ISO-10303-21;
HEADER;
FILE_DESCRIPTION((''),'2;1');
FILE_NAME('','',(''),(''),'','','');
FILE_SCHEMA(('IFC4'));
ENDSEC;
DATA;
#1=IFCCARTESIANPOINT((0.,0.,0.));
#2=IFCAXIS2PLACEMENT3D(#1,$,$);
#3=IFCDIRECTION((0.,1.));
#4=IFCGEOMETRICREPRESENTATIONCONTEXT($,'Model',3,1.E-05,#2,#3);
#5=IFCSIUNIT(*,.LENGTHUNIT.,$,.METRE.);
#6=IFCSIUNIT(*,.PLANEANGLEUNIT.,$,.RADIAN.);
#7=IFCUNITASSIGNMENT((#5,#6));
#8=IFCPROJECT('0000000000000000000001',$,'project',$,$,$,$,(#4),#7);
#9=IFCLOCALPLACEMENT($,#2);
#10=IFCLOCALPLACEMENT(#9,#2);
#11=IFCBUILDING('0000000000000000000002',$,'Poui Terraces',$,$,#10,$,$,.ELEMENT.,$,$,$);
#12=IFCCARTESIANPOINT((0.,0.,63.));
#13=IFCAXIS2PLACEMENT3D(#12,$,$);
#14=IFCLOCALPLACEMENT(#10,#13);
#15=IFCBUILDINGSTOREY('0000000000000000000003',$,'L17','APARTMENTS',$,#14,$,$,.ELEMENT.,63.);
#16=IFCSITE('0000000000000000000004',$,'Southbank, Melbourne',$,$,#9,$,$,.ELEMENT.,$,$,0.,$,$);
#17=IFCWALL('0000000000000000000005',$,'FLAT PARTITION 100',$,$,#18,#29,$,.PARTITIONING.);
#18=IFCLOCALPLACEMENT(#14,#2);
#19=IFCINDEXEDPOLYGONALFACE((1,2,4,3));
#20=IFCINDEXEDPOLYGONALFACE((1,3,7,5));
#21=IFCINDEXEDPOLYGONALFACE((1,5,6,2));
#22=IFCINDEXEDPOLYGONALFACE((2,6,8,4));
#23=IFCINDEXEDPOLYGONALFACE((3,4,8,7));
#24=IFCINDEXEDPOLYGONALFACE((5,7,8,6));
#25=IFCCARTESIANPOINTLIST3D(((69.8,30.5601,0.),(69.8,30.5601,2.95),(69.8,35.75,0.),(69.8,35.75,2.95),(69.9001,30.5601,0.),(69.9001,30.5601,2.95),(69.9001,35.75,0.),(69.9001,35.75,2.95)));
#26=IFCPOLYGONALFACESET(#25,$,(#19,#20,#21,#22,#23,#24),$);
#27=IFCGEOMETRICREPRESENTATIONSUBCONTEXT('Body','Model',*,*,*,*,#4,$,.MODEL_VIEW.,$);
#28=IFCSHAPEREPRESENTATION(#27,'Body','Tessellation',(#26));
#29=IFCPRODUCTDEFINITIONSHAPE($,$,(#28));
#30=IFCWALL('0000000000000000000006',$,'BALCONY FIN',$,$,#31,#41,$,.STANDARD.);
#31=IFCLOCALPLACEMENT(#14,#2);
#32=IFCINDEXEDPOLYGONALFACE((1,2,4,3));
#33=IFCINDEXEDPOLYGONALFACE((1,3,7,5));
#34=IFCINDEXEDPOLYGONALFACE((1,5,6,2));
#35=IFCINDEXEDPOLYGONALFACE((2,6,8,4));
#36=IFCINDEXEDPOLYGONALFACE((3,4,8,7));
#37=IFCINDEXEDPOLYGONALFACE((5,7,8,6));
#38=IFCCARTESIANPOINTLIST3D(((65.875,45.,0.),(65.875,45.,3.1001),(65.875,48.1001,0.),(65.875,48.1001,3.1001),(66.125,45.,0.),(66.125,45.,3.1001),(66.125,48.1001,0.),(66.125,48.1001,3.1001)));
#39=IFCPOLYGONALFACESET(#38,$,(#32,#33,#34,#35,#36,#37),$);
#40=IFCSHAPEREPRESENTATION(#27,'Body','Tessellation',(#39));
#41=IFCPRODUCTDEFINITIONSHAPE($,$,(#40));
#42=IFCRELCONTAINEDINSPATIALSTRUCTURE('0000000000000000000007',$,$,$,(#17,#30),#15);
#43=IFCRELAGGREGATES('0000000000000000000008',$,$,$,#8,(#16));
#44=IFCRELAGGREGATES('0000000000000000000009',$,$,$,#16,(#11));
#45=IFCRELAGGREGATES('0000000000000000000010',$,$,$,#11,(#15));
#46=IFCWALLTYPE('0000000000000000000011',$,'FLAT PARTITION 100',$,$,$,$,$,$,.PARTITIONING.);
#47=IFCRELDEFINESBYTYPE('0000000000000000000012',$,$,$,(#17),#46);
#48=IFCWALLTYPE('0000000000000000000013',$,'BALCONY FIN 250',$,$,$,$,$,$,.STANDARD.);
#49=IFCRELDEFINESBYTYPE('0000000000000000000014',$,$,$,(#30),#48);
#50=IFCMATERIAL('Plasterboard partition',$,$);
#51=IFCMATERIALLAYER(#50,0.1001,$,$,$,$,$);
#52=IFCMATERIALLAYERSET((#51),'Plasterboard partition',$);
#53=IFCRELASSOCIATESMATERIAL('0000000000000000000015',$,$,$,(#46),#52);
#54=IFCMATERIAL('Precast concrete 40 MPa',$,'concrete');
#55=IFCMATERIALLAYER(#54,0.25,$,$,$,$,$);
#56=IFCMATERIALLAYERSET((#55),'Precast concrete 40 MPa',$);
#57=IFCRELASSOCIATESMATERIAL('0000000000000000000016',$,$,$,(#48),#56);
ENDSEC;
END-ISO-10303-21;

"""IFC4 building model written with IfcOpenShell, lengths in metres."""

from ifc_helpers import new_model, si_unit, direction, frame, frame_2d, origin, place, context, subcontext, project, spatial, polyline, rectangle, outline, extrude, source, transform, mapped, material, layer, layer_set, type_object, element, save


model = new_model("IFC4")

# Units and contexts
model_context = context("Model", 3, precision=1e-05, world=origin(), true_north=direction((0.0, 1.0)))
body_context = subcontext(model_context, "Body", "Model", "MODEL_VIEW")
ifc_project = project(units=[si_unit("LENGTHUNIT", "METRE"), si_unit("PLANEANGLEUNIT", "RADIAN")], contexts=[model_context])

# Site, building, storey
site_placement = place(None, origin())
site = spatial("IfcSite", under=ifc_project, at=site_placement, Name="Southbank, Melbourne", CompositionType="ELEMENT", RefElevation=0.0)
building_placement = place(site_placement, origin())
building = spatial("IfcBuilding", under=site, at=building_placement, Name="Poui Terraces", CompositionType="ELEMENT")
storey_placement = place(building_placement, frame((0.0, 0.0, 63.0)))
storey = spatial("IfcBuildingStorey", under=building, at=storey_placement, Name="L17", Description="APARTMENTS", CompositionType="ELEMENT", Elevation=63.0)

# Shared definitions
ifc_material_1 = material(Name="Plasterboard partition")
ifc_layer_1 = layer(ifc_material_1, 0.1001)
ifc_layer_set_1 = layer_set([ifc_layer_1], Name="Plasterboard partition")
wall_type_1 = type_object("IfcWallType", Name="FLAT PARTITION 100", PredefinedType="PARTITIONING", material=ifc_layer_set_1)

# Walls
wall_1_placement = place(storey_placement, frame((69.8501, 30.5601, 0.0), z_axis=(0.0, 0.0, 1.0), x_axis=(0.0, 1.0, 0.0)))
element("IfcWall", 1, at=wall_1_placement, inside=storey, type_object=wall_type_1, Name="FLAT PARTITION 100", PredefinedType="PARTITIONING", context=body_context, shape_type="SweptSolid", body=[
    extrude(rectangle(XDim=5.1899, YDim=0.1001, at=frame_2d((2.595, 0.0))), origin(), (0.0, 0.0, 1.0), 2.95),
])
ifc_material_2 = material(Name="Precast concrete 40 MPa", Category="concrete")
ifc_layer_2 = layer(ifc_material_2, 0.25)
ifc_layer_set_2 = layer_set([ifc_layer_2], Name="Precast concrete 40 MPa")
wall_type_2 = type_object("IfcWallType", Name="BALCONY FIN 250", PredefinedType="STANDARD", material=ifc_layer_set_2)
shared_shape_1 = source(origin(), body_context, "Body", "SweptSolid", [
    extrude(outline(polyline([(0.0, 0.0), (0.25, 0.0), (0.25, 3.1001), (0.0, 3.1001), (0.0, 0.0)])), origin(), (0.0, 0.0, 1.0), 3.1001),
])
wall_2_placement = place(storey_placement, frame((65.875, 45.0, 0.0)))
element("IfcWall", 2, at=wall_2_placement, inside=storey, type_object=wall_type_2, Name="BALCONY FIN", PredefinedType="STANDARD", context=body_context, shape_type="MappedRepresentation", body=[
    mapped(shared_shape_1, transform((0.0, 0.0, 0.0))),
])

save(model, "model.ifc")
